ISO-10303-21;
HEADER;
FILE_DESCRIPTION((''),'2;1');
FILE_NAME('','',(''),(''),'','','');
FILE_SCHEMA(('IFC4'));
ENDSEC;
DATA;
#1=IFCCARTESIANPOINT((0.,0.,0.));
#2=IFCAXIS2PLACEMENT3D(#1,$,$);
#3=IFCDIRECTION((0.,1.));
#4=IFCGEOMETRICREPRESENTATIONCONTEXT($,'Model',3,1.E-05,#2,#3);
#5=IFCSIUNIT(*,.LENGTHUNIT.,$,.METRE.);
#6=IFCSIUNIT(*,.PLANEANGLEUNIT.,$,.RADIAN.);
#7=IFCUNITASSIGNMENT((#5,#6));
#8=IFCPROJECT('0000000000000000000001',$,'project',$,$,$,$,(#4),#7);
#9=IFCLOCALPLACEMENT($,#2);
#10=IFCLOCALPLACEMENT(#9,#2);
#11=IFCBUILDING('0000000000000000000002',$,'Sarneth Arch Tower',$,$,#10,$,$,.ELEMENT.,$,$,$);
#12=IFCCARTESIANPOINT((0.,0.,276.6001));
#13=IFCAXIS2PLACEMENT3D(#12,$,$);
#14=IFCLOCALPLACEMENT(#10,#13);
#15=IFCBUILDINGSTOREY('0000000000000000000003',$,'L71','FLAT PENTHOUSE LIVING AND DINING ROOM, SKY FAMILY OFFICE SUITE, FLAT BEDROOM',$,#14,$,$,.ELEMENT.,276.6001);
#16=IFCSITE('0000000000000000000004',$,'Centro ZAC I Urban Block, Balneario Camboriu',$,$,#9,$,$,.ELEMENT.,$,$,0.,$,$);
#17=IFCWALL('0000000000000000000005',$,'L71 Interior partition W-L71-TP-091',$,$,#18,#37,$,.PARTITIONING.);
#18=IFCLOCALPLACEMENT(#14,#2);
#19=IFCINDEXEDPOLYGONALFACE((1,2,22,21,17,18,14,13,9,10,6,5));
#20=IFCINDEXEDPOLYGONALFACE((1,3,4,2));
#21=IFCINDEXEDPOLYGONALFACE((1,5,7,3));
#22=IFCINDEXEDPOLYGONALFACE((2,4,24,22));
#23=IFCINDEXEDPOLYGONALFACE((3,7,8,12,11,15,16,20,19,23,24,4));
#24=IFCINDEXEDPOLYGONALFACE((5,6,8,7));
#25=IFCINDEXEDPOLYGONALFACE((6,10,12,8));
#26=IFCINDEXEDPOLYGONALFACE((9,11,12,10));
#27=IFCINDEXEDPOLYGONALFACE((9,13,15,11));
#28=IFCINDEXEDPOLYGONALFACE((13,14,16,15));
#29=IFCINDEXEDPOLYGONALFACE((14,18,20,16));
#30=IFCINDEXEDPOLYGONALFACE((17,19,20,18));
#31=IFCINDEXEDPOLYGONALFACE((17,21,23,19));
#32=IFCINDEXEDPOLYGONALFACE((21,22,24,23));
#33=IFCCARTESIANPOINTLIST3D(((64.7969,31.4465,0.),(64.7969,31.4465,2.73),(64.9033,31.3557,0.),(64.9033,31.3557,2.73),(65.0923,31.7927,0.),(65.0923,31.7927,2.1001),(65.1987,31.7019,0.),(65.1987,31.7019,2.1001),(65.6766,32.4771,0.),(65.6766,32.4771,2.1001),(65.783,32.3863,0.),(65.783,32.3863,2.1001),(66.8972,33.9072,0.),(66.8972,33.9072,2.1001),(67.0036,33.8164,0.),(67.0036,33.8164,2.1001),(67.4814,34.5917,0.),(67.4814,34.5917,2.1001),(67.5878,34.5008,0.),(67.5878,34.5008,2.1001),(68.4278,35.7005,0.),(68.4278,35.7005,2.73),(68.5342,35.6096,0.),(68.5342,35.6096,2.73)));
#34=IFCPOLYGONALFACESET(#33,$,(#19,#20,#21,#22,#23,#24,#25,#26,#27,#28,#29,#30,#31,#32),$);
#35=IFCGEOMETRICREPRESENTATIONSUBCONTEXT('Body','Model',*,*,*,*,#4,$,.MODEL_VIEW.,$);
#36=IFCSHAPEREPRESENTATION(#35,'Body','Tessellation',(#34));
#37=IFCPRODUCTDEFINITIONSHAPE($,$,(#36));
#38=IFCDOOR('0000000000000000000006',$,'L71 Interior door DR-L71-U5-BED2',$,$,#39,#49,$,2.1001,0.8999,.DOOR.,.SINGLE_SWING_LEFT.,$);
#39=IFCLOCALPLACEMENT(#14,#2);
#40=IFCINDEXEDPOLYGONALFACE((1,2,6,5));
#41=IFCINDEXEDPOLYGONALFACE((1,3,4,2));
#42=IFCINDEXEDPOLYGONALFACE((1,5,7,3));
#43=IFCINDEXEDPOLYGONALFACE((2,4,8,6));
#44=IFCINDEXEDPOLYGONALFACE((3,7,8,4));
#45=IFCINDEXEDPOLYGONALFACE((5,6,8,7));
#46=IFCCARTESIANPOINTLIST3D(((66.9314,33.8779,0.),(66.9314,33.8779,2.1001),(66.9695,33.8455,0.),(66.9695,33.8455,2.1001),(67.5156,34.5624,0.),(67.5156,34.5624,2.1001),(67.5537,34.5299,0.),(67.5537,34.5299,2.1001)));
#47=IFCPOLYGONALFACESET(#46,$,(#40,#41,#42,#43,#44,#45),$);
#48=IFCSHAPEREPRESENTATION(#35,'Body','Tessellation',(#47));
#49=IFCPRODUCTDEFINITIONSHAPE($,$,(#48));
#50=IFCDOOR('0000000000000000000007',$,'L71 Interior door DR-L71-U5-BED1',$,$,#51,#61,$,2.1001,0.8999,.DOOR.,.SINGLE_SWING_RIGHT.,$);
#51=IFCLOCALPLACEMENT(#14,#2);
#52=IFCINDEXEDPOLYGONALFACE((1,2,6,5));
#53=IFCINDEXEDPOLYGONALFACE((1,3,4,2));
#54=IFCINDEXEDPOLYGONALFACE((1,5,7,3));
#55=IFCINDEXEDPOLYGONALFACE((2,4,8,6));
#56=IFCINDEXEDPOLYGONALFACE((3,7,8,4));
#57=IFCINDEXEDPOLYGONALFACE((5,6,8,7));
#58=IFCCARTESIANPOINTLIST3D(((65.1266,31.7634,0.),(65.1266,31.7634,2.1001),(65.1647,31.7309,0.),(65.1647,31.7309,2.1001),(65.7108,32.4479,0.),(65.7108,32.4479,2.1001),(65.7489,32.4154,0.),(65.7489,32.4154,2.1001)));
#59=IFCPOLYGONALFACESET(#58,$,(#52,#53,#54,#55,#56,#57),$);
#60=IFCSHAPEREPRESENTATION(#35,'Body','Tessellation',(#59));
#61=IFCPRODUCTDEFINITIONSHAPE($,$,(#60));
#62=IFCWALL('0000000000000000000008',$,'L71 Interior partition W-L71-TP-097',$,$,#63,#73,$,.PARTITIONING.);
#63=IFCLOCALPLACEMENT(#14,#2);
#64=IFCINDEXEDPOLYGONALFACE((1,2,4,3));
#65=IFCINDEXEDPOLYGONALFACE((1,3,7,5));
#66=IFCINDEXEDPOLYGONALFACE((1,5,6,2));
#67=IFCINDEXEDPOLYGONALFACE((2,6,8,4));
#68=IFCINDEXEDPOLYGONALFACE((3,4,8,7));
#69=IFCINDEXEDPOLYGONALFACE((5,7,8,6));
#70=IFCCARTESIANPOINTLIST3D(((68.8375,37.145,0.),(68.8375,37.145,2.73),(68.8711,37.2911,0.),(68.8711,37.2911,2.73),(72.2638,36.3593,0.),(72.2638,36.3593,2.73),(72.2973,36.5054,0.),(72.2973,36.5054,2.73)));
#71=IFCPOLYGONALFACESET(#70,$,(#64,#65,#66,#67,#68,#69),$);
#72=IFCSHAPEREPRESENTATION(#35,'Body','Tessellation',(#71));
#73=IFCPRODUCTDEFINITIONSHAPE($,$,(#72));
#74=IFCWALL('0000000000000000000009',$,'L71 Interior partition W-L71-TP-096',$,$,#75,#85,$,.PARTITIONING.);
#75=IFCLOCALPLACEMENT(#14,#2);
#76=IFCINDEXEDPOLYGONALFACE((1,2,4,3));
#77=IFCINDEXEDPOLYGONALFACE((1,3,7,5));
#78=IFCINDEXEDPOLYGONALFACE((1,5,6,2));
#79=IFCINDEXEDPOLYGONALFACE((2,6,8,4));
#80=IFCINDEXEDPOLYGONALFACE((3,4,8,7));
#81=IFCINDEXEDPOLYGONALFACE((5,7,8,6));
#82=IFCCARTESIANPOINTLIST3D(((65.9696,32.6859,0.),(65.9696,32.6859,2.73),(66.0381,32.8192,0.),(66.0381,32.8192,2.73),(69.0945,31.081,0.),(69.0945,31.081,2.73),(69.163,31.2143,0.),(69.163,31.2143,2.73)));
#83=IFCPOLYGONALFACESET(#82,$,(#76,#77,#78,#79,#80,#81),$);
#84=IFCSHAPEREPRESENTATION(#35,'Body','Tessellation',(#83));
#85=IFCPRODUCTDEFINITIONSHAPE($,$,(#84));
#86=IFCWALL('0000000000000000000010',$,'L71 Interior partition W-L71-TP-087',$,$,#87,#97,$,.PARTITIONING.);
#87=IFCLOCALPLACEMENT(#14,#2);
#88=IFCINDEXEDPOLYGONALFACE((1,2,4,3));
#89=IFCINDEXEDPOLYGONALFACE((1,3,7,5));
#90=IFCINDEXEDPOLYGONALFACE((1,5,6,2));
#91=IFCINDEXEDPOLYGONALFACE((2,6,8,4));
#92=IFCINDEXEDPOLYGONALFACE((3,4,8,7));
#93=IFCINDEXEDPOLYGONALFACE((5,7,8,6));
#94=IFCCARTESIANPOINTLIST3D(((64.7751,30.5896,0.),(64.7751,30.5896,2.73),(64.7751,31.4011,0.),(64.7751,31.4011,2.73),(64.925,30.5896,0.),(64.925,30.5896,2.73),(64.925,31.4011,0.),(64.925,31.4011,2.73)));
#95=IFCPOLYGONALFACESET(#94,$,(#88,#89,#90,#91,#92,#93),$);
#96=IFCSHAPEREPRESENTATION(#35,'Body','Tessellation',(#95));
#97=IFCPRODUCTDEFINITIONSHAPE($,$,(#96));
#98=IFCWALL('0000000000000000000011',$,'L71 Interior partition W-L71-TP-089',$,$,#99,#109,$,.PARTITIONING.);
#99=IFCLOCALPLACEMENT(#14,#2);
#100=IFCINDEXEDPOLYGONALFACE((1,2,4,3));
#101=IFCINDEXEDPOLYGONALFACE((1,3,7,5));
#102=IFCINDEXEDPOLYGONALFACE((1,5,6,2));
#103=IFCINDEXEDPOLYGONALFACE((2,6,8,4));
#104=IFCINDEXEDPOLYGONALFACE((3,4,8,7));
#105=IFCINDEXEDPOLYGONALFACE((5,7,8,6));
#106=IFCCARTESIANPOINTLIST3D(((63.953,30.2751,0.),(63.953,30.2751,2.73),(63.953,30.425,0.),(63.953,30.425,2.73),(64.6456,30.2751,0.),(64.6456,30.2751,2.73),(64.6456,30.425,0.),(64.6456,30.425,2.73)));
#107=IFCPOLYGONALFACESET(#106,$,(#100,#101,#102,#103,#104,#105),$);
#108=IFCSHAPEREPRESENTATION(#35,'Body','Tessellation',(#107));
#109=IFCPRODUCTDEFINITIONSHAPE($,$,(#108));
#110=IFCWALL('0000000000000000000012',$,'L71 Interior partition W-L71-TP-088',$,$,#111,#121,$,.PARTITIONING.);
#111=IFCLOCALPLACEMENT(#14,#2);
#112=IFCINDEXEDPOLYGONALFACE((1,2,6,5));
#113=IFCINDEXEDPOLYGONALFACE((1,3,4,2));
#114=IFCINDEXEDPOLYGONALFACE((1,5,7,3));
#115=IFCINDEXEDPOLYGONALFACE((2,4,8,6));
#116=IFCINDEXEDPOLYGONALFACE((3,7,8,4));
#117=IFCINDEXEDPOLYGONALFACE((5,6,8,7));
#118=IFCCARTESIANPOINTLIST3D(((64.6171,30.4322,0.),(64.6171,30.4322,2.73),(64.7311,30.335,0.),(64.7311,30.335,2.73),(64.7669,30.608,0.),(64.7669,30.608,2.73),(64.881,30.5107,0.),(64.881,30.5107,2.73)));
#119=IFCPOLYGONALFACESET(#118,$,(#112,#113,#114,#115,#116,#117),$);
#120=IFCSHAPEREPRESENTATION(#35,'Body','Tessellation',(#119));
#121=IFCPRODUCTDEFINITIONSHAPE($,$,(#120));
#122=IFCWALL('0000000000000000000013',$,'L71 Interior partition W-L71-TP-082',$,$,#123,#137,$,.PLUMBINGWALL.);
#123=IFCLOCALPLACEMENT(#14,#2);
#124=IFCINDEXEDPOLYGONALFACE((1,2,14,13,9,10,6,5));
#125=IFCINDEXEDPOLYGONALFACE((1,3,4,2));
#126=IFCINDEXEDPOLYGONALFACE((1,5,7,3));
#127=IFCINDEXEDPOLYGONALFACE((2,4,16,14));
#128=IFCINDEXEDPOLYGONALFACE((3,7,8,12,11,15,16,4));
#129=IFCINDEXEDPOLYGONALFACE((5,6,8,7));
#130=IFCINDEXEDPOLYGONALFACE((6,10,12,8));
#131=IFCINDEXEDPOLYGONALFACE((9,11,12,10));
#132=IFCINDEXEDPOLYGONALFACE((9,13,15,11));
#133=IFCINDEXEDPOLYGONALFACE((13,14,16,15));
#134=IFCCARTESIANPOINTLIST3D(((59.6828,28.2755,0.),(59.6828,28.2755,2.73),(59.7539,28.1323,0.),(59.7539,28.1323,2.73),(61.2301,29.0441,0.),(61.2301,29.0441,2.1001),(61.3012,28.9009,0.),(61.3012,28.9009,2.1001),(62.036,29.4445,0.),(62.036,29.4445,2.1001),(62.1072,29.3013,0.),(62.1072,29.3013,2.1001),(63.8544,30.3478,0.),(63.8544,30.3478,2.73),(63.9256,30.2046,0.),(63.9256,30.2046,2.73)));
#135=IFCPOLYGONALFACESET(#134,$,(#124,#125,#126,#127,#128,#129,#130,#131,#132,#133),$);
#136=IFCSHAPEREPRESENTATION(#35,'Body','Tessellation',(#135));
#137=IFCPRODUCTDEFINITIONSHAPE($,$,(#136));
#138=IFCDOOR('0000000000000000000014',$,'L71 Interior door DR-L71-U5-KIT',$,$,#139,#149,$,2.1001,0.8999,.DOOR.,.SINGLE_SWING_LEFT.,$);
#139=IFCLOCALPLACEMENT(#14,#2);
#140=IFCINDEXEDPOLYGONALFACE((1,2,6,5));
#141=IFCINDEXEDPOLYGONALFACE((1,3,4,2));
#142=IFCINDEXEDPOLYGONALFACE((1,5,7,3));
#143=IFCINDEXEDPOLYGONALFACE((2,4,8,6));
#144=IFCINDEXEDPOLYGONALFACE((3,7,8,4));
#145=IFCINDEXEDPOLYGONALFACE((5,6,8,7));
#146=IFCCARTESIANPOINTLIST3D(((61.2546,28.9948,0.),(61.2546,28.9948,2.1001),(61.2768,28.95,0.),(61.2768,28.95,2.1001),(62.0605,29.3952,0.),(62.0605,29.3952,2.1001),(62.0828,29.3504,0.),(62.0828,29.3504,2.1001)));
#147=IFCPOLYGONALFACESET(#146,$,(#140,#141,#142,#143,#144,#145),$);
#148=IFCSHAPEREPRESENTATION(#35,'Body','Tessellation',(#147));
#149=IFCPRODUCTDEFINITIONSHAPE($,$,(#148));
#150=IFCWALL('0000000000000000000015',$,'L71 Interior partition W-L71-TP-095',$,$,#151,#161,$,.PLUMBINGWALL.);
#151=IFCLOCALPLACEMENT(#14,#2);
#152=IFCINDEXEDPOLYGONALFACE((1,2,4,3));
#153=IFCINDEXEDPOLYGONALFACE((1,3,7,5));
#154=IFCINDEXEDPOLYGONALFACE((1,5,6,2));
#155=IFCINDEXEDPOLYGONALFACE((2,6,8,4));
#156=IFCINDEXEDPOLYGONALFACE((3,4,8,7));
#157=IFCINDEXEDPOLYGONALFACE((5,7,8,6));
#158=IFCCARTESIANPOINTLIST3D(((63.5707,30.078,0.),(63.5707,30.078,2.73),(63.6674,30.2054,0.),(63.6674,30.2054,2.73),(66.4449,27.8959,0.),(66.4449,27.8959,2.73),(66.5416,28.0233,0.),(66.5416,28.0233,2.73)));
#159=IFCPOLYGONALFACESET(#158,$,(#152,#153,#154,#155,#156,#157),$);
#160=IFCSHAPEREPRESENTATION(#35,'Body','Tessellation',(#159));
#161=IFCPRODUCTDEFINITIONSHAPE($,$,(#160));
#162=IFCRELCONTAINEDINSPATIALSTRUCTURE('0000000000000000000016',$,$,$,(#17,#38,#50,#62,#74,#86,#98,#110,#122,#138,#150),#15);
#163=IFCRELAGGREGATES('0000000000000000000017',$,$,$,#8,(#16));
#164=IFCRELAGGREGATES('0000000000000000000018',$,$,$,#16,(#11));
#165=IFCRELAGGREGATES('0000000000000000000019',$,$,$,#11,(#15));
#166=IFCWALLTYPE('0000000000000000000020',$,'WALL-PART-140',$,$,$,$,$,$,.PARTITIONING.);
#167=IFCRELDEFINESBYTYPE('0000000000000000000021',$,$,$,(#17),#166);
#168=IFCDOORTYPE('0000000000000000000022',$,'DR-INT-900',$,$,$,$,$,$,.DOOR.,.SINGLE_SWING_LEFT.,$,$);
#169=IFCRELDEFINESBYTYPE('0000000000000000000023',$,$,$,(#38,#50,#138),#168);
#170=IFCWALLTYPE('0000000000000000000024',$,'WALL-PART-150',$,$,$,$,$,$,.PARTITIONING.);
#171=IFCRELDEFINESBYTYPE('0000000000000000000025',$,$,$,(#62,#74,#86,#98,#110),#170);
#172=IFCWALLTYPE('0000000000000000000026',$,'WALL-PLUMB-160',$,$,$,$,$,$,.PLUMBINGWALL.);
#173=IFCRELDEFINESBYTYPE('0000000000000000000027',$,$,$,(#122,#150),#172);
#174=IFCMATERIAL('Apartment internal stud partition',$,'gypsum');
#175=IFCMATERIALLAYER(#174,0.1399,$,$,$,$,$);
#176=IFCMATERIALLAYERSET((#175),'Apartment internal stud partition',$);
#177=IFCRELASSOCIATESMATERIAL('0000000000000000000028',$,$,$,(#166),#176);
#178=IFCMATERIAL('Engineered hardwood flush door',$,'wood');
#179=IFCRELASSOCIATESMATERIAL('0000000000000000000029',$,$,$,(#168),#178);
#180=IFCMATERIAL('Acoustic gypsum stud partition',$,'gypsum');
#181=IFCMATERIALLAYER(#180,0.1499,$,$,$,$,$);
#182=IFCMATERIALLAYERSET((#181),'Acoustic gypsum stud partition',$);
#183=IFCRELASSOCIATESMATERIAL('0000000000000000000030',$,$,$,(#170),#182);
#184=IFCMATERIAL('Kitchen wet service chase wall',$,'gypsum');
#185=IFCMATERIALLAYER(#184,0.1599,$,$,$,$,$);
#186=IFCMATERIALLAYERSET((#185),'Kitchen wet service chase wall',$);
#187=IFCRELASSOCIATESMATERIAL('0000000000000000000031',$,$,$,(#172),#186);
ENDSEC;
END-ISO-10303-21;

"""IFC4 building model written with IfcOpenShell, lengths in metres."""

from ifc_helpers import new_model, si_unit, direction, frame, frame_2d, origin, place, context, subcontext, project, spatial, rectangle, extrude, material, layer, layer_set, type_object, element, fill, save


model = new_model("IFC4")

# Units and contexts
model_context = context("Model", 3, precision=1e-05, world=origin(), true_north=direction((0.0, 1.0)))
body_context = subcontext(model_context, "Body", "Model", "MODEL_VIEW")
ifc_project = project(units=[si_unit("LENGTHUNIT", "METRE"), si_unit("PLANEANGLEUNIT", "RADIAN")], contexts=[model_context])

# Site, building, storey
site_placement = place(None, origin())
site = spatial("IfcSite", under=ifc_project, at=site_placement, Name="Centro ZAC I Urban Block, Balneario Camboriu", CompositionType="ELEMENT", RefElevation=0.0)
building_placement = place(site_placement, origin())
building = spatial("IfcBuilding", under=site, at=building_placement, Name="Sarneth Arch Tower", CompositionType="ELEMENT")
storey_placement = place(building_placement, frame((0.0, 0.0, 276.6001)))
storey = spatial("IfcBuildingStorey", under=building, at=storey_placement, Name="L71", Description="FLAT PENTHOUSE LIVING AND DINING ROOM, SKY FAMILY OFFICE SUITE, FLAT BEDROOM", CompositionType="ELEMENT", Elevation=276.6001)

# Wall, openings, doors
ifc_material_1 = material(Name="Apartment internal stud partition", Category="gypsum")
ifc_layer_1 = layer(ifc_material_1, 0.1399)
ifc_layer_set_1 = layer_set([ifc_layer_1], Name="Apartment internal stud partition")
wall_type_1 = type_object("IfcWallType", Name="WALL-PART-140", PredefinedType="PARTITIONING", material=ifc_layer_set_1)
wall_1_placement = place(storey_placement, frame((64.8501, 31.4011, 0.0), z_axis=(0.0, 0.0, 1.0), x_axis=(0.649208, 0.760611, 0.0)))
wall_1 = element("IfcWall", 1, at=wall_1_placement, inside=storey, type_object=wall_type_1, Name="L71 Interior partition W-L71-TP-091", PredefinedType="PARTITIONING", context=body_context, shape_type="SweptSolid", body=[
    extrude(rectangle(XDim=5.5928, YDim=0.1399, at=frame_2d((2.7964, 0.0))), origin(), (0.0, 0.0, 1.0), 2.73),
])
opening_1_placement = place(wall_1_placement, frame((3.2351, 0.0, 0.0)))
opening_1 = element("IfcOpeningElement", 2, at=opening_1_placement, cuts=wall_1, PredefinedType="OPENING", context=body_context, shape_type="SweptSolid", body=[
    extrude(rectangle(XDim=0.8999, YDim=2.1001, at=frame_2d((0.45, 1.05))), frame((0.0, 0.0798, 0.0), z_axis=(0.0, -1.0, 0.0), x_axis=(1.0, 0.0, 0.0)), (0.0, 0.0, 1.0), 0.1599),
])
opening_2_placement = place(wall_1_placement, frame((0.4551, 0.0, 0.0)))
opening_2 = element("IfcOpeningElement", 3, at=opening_2_placement, cuts=wall_1, PredefinedType="OPENING", context=body_context, shape_type="SweptSolid", body=[
    extrude(rectangle(XDim=0.8999, YDim=2.1001, at=frame_2d((0.45, 1.05))), frame((0.0, 0.0798, 0.0), z_axis=(0.0, -1.0, 0.0), x_axis=(1.0, 0.0, 0.0)), (0.0, 0.0, 1.0), 0.1599),
])
ifc_material_2 = material(Name="Engineered hardwood flush door", Category="wood")
door_type = type_object("IfcDoorType", Name="DR-INT-900", OperationType="SINGLE_SWING_LEFT", PredefinedType="DOOR", material=ifc_material_2)
door_1_placement = place(opening_1_placement, origin())
door_1 = element("IfcDoor", 4, at=door_1_placement, inside=storey, type_object=door_type, Name="L71 Interior door DR-L71-U5-BED2", OperationType="SINGLE_SWING_LEFT", OverallHeight=2.1001, OverallWidth=0.8999, PredefinedType="DOOR", context=body_context, shape_type="SweptSolid", body=[
    extrude(rectangle(XDim=0.8999, YDim=2.1001, at=frame_2d((0.45, 1.05))), frame((0.0, 0.0249, 0.0), z_axis=(0.0, -1.0, 0.0), x_axis=(1.0, 0.0, 0.0)), (0.0, 0.0, 1.0), 0.05),
])
fill(opening_1, door_1)
door_2_placement = place(opening_2_placement, origin())
door_2 = element("IfcDoor", 5, at=door_2_placement, inside=storey, type_object=door_type, Name="L71 Interior door DR-L71-U5-BED1", OperationType="SINGLE_SWING_RIGHT", OverallHeight=2.1001, OverallWidth=0.8999, PredefinedType="DOOR", context=body_context, shape_type="SweptSolid", body=[
    extrude(rectangle(XDim=0.8999, YDim=2.1001, at=frame_2d((0.45, 1.05))), frame((0.0, 0.0249, 0.0), z_axis=(0.0, -1.0, 0.0), x_axis=(1.0, 0.0, 0.0)), (0.0, 0.0, 1.0), 0.05),
])
fill(opening_2, door_2)

# Walls
ifc_material_3 = material(Name="Acoustic gypsum stud partition", Category="gypsum")
ifc_layer_2 = layer(ifc_material_3, 0.1499)
ifc_layer_set_2 = layer_set([ifc_layer_2], Name="Acoustic gypsum stud partition")
wall_type_2 = type_object("IfcWallType", Name="WALL-PART-150", PredefinedType="PARTITIONING", material=ifc_layer_set_2)
wall_2_placement = place(storey_placement, frame((72.2805, 36.4324, 0.0), z_axis=(0.0, 0.0, 1.0), x_axis=(-0.974704, 0.2235, 0.0)))
element("IfcWall", 6, at=wall_2_placement, inside=storey, type_object=wall_type_2, Name="L71 Interior partition W-L71-TP-097", PredefinedType="PARTITIONING", context=body_context, shape_type="SweptSolid", body=[
    extrude(rectangle(XDim=3.5151, YDim=0.1499, at=frame_2d((1.7576, 0.0))), origin(), (0.0, 0.0, 1.0), 2.73),
])
wall_3_placement = place(storey_placement, frame((69.1287, 31.1477, 0.0), z_axis=(0.0, 0.0, 1.0), x_axis=(-0.889538, 0.456861, 0.0)))
element("IfcWall", 7, at=wall_3_placement, inside=storey, type_object=wall_type_2, Name="L71 Interior partition W-L71-TP-096", PredefinedType="PARTITIONING", context=body_context, shape_type="SweptSolid", body=[
    extrude(rectangle(XDim=3.5129, YDim=0.1499, at=frame_2d((1.7563, 0.0))), origin(), (0.0, 0.0, 1.0), 2.73),
])
wall_4_placement = place(storey_placement, frame((64.8501, 31.4011, 0.0), z_axis=(0.0, 0.0, 1.0), x_axis=(0.0, -1.0, 0.0)))
element("IfcWall", 8, at=wall_4_placement, inside=storey, type_object=wall_type_2, Name="L71 Interior partition W-L71-TP-087", PredefinedType="PARTITIONING", context=body_context, shape_type="SweptSolid", body=[
    extrude(rectangle(XDim=0.8115, YDim=0.1499, at=frame_2d((0.4058, 0.0))), origin(), (0.0, 0.0, 1.0), 2.73),
])
wall_5_placement = place(storey_placement, frame((64.6455, 30.3501, 0.0), z_axis=(0.0, 0.0, 1.0), x_axis=(-1.0, 0.0, 0.0)))
element("IfcWall", 9, at=wall_5_placement, inside=storey, type_object=wall_type_2, Name="L71 Interior partition W-L71-TP-089", PredefinedType="PARTITIONING", context=body_context, shape_type="SweptSolid", body=[
    extrude(rectangle(XDim=0.6926, YDim=0.1499, at=frame_2d((0.3462, 0.0))), origin(), (0.0, 0.0, 1.0), 2.73),
])
wall_6_placement = place(storey_placement, frame((64.824, 30.5593, 0.0), z_axis=(0.0, 0.0, 1.0), x_axis=(-0.648875, -0.760895, 0.0)))
element("IfcWall", 10, at=wall_6_placement, inside=storey, type_object=wall_type_2, Name="L71 Interior partition W-L71-TP-088", PredefinedType="PARTITIONING", context=body_context, shape_type="SweptSolid", body=[
    extrude(rectangle(XDim=0.231, YDim=0.1499, at=frame_2d((0.1155, 0.0))), origin(), (0.0, 0.0, 1.0), 2.73),
])

# Wall, opening, door
ifc_material_4 = material(Name="Kitchen wet service chase wall", Category="gypsum")
ifc_layer_3 = layer(ifc_material_4, 0.1599)
ifc_layer_set_3 = layer_set([ifc_layer_3], Name="Kitchen wet service chase wall")
wall_type_3 = type_object("IfcWallType", Name="WALL-PLUMB-160", PredefinedType="PLUMBINGWALL", material=ifc_layer_set_3)
wall_7_placement = place(storey_placement, frame((59.7183, 28.2039, 0.0), z_axis=(0.0, 0.0, 1.0), x_axis=(0.895588, 0.444885, 0.0)))
wall_7 = element("IfcWall", 11, at=wall_7_placement, inside=storey, type_object=wall_type_3, Name="L71 Interior partition W-L71-TP-082", PredefinedType="PLUMBINGWALL", context=body_context, shape_type="SweptSolid", body=[
    extrude(rectangle(XDim=4.658, YDim=0.1599, at=frame_2d((2.3291, 0.0))), origin(), (0.0, 0.0, 1.0), 2.73),
])
opening_3_placement = place(wall_7_placement, frame((1.7278, 0.0, 0.0)))
opening_3 = element("IfcOpeningElement", 12, at=opening_3_placement, cuts=wall_7, PredefinedType="OPENING", context=body_context, shape_type="SweptSolid", body=[
    extrude(rectangle(XDim=0.8999, YDim=2.1001, at=frame_2d((0.45, 1.05))), frame((0.0, 0.0898, 0.0), z_axis=(0.0, -1.0, 0.0), x_axis=(1.0, 0.0, 0.0)), (0.0, 0.0, 1.0), 0.1799),
])
door_3_placement = place(opening_3_placement, origin())
door_3 = element("IfcDoor", 13, at=door_3_placement, inside=storey, type_object=door_type, Name="L71 Interior door DR-L71-U5-KIT", OperationType="SINGLE_SWING_LEFT", OverallHeight=2.1001, OverallWidth=0.8999, PredefinedType="DOOR", context=body_context, shape_type="SweptSolid", body=[
    extrude(rectangle(XDim=0.8999, YDim=2.1001, at=frame_2d((0.45, 1.05))), frame((0.0, 0.0249, 0.0), z_axis=(0.0, -1.0, 0.0), x_axis=(1.0, 0.0, 0.0)), (0.0, 0.0, 1.0), 0.05),
])
fill(opening_3, door_3)

# Wall
wall_8_placement = place(storey_placement, frame((63.6191, 30.1416, 0.0), z_axis=(0.0, 0.0, 1.0), x_axis=(0.796471, -0.604677, 0.0)))
element("IfcWall", 14, at=wall_8_placement, inside=storey, type_object=wall_type_3, Name="L71 Interior partition W-L71-TP-095", PredefinedType="PLUMBINGWALL", context=body_context, shape_type="SweptSolid", body=[
    extrude(rectangle(XDim=3.6086, YDim=0.1599, at=frame_2d((1.8042, 0.0))), origin(), (0.0, 0.0, 1.0), 2.73),
])

save(model, "model.ifc")
